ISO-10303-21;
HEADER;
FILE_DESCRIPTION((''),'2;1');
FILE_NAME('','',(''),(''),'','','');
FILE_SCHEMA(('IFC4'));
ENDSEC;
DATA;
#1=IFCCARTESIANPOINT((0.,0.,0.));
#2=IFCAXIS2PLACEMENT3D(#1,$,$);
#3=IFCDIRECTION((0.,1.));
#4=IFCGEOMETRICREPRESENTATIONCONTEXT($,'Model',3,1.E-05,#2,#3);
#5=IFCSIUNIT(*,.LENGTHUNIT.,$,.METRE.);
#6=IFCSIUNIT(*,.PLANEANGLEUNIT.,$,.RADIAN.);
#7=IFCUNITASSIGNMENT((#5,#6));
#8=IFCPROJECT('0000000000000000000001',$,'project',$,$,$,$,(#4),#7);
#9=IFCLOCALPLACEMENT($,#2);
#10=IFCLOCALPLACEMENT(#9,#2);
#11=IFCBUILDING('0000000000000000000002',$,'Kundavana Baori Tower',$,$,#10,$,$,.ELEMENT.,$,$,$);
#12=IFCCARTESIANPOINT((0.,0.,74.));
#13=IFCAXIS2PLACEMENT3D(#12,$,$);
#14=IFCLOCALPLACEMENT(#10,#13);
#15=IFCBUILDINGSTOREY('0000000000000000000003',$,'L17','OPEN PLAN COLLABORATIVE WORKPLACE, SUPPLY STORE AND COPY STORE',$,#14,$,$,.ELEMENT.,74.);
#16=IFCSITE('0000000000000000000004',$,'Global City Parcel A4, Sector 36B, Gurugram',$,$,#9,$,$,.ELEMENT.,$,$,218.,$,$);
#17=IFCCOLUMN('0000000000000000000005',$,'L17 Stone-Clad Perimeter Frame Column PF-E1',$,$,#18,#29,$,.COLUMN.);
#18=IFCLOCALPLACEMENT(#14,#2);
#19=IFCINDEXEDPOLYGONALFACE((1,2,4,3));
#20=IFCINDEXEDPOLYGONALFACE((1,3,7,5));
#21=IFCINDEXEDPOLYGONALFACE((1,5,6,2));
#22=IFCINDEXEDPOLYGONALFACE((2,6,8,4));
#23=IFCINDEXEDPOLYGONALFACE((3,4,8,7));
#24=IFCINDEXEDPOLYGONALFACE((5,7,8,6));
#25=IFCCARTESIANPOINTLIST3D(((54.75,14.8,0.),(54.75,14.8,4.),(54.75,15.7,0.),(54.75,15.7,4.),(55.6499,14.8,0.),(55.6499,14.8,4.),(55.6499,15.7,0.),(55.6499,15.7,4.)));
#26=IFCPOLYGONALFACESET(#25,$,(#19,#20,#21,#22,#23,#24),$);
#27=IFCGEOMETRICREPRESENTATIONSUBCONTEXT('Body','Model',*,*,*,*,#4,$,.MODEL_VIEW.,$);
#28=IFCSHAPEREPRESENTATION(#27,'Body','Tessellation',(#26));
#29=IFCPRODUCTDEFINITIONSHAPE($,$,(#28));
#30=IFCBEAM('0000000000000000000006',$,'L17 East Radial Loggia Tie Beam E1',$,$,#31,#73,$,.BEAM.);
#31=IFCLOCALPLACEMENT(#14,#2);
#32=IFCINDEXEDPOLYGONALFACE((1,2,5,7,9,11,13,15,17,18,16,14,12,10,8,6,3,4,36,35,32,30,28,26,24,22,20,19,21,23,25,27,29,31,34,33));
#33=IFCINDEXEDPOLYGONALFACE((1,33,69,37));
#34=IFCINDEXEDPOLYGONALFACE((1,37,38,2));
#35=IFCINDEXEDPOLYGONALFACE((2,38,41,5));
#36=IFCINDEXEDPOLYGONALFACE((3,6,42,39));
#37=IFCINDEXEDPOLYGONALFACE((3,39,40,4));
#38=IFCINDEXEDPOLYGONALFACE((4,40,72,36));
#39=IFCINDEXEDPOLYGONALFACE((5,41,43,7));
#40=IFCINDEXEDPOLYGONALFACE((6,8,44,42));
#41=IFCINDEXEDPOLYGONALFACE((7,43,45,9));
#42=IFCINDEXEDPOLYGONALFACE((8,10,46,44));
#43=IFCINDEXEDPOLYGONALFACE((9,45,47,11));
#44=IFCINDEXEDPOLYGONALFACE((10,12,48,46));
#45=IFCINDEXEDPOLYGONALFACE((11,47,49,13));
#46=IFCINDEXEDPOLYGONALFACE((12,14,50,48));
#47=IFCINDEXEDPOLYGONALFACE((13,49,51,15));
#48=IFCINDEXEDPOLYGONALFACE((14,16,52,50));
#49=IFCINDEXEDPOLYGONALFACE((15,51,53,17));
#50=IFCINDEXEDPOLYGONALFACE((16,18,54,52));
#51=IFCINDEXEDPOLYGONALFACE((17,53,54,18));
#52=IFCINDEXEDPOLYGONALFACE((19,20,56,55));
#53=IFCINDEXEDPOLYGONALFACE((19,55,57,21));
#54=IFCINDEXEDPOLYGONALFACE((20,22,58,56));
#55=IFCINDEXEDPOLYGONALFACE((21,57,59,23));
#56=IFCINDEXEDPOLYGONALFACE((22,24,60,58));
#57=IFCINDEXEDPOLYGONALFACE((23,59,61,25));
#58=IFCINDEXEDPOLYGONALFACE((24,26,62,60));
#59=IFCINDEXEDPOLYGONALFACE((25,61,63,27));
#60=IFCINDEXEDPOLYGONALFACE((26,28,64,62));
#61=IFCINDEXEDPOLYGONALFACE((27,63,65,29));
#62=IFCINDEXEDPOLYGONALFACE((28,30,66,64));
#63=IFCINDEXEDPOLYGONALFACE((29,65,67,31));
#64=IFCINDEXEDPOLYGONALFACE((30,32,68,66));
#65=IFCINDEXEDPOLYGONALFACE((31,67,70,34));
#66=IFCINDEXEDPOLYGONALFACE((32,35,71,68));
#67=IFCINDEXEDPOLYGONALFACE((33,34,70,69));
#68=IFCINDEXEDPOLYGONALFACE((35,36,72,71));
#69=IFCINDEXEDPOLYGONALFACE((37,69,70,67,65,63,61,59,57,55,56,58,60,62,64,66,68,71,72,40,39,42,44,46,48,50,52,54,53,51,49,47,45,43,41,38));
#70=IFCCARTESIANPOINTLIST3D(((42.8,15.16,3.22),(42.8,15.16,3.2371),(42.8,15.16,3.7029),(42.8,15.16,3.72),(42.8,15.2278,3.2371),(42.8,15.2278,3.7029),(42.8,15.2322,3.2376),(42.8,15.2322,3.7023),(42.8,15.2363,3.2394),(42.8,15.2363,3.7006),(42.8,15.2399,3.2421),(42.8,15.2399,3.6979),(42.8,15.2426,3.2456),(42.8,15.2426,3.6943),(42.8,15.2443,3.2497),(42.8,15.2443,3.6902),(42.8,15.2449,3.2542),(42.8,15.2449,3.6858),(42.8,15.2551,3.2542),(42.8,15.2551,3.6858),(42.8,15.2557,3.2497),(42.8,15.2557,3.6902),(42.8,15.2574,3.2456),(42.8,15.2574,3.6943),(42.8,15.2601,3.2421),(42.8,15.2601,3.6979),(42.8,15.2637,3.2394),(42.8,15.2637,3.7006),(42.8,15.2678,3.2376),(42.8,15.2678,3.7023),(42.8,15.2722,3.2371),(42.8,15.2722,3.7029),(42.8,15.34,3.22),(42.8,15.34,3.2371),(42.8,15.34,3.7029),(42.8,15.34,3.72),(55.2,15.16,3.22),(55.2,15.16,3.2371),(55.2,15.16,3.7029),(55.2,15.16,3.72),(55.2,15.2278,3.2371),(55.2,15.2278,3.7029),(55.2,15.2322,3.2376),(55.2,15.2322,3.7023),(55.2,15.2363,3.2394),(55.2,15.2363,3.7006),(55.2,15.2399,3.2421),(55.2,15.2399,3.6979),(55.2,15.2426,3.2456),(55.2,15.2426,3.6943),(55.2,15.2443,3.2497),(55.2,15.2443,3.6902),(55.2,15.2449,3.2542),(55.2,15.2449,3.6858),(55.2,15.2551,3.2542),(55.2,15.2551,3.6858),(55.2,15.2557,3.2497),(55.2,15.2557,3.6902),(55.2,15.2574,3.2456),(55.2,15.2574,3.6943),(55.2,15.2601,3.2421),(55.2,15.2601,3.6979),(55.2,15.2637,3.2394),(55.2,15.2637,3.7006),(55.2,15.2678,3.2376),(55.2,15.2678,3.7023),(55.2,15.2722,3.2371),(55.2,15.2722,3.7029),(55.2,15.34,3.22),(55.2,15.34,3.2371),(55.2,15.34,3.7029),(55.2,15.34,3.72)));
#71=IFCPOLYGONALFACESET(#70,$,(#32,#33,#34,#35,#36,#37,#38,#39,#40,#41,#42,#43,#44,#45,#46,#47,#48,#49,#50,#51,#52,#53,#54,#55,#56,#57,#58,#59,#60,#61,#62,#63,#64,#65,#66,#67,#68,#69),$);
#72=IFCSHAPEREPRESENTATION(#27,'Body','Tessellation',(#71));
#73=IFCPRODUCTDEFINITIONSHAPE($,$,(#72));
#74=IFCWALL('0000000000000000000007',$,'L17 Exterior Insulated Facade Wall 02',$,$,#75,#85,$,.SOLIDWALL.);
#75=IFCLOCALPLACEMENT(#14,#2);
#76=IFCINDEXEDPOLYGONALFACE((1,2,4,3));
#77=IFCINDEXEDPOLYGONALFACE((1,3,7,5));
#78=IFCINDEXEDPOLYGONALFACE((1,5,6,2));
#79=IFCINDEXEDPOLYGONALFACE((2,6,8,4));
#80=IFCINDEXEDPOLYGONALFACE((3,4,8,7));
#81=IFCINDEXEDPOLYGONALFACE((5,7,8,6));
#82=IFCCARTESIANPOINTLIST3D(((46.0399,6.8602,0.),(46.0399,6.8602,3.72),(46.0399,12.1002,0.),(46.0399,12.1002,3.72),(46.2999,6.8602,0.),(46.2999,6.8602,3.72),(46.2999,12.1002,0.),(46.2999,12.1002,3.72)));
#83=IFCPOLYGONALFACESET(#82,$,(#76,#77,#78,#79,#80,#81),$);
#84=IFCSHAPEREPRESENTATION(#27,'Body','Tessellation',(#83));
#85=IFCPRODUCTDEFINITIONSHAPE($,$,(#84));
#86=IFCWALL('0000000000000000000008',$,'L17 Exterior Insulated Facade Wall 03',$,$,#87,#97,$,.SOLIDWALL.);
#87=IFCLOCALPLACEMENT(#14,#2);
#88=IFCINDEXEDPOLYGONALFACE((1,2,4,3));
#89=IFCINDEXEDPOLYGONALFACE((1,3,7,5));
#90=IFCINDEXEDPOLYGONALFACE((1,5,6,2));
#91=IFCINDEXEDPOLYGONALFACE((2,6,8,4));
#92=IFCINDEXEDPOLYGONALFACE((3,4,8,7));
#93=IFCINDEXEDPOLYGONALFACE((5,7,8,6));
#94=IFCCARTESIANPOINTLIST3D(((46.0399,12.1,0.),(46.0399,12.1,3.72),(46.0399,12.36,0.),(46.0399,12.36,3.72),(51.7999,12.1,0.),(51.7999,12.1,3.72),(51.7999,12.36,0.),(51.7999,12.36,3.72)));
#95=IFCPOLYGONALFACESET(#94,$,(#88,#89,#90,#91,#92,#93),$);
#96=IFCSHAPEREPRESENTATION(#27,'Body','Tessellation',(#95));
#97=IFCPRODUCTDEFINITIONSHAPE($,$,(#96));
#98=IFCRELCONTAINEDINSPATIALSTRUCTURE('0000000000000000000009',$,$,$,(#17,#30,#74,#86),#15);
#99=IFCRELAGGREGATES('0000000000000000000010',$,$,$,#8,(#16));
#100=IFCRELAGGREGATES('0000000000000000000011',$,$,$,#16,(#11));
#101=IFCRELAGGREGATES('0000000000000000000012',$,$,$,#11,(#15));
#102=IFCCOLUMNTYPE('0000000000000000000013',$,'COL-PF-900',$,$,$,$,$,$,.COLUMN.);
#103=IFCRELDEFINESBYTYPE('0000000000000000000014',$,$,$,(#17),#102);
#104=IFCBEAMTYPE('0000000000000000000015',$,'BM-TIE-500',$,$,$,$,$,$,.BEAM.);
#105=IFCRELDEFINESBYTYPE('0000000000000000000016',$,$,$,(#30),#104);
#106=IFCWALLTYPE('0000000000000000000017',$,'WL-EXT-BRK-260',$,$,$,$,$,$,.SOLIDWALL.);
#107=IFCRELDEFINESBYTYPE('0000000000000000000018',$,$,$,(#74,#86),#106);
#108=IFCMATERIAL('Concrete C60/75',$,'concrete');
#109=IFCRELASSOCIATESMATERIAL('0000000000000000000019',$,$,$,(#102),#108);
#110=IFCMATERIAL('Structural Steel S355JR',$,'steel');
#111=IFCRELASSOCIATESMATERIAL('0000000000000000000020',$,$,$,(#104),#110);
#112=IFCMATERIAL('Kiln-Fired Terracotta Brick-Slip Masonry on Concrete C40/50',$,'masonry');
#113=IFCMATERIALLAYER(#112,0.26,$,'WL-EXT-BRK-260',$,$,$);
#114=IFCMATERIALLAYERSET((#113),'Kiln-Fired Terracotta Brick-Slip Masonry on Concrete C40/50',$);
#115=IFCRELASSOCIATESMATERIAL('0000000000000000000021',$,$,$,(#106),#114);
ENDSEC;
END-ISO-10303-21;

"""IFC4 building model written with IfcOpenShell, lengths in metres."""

from ifc_helpers import new_model, si_unit, direction, frame, frame_2d, origin, origin_2d, place, context, subcontext, project, spatial, rectangle, i_section, extrude, material, layer, layer_set, material_profile, profile_set, type_object, element, save


model = new_model("IFC4")

# Units and contexts
model_context = context("Model", 3, precision=1e-05, world=origin(), true_north=direction((0.0, 1.0)))
body_context = subcontext(model_context, "Body", "Model", "MODEL_VIEW")
ifc_project = project(units=[si_unit("LENGTHUNIT", "METRE"), si_unit("PLANEANGLEUNIT", "RADIAN")], contexts=[model_context])

# Site, building, storey
site_placement = place(None, origin())
site = spatial("IfcSite", under=ifc_project, at=site_placement, Name="Global City Parcel A4, Sector 36B, Gurugram", CompositionType="ELEMENT", RefElevation=218.0)
building_placement = place(site_placement, origin())
building = spatial("IfcBuilding", under=site, at=building_placement, Name="Kundavana Baori Tower", CompositionType="ELEMENT")
storey_placement = place(building_placement, frame((0.0, 0.0, 74.0)))
storey = spatial("IfcBuildingStorey", under=building, at=storey_placement, Name="L17", Description="OPEN PLAN COLLABORATIVE WORKPLACE, SUPPLY STORE AND COPY STORE", CompositionType="ELEMENT", Elevation=74.0)

# Column
ifc_material_1 = material(Name="Concrete C60/75", Category="concrete")
ifc_material_profile_1 = material_profile(ifc_material_1, rectangle(XDim=0.8999, YDim=0.8999, at=origin_2d()), Name="RC PF 900x900")
ifc_profile_set_1 = profile_set([ifc_material_profile_1], Name="Concrete C60/75")
column_type = type_object("IfcColumnType", Name="COL-PF-900", PredefinedType="COLUMN", material=ifc_profile_set_1)
column_placement = place(storey_placement, frame((55.2, 15.25, 0.0), z_axis=(0.0, 0.0, 1.0), x_axis=(1.0, 0.0, 0.0)))
element("IfcColumn", 1, at=column_placement, inside=storey, type_object=column_type, Name="L17 Stone-Clad Perimeter Frame Column PF-E1", PredefinedType="COLUMN", context=body_context, shape_type="SweptSolid", body=[
    extrude(rectangle(XDim=0.8999, YDim=0.8999, at=origin_2d()), origin(), (0.0, 0.0, 1.0), 4.0),
])

# Beam
ifc_material_2 = material(Name="Structural Steel S355JR", Category="steel")
ifc_material_profile_2 = material_profile(ifc_material_2, i_section(OverallWidth=0.1799, OverallDepth=0.5, WebThickness=0.0103, FlangeThickness=0.0171, FilletRadius=0.0171, at=origin_2d()), Name="ISMB 500")
ifc_profile_set_2 = profile_set([ifc_material_profile_2], Name="Structural Steel S355JR")
beam_type = type_object("IfcBeamType", Name="BM-TIE-500", PredefinedType="BEAM", material=ifc_profile_set_2)
beam_placement = place(storey_placement, frame((42.8, 15.25, 3.47), z_axis=(1.0, 0.0, 0.0), x_axis=(0.0, 1.0, 0.0)))
element("IfcBeam", 2, at=beam_placement, inside=storey, type_object=beam_type, Name="L17 East Radial Loggia Tie Beam E1", PredefinedType="BEAM", context=body_context, shape_type="SweptSolid", body=[
    extrude(i_section(OverallWidth=0.1799, OverallDepth=0.5, WebThickness=0.0103, FlangeThickness=0.0171, FilletRadius=0.0171, at=origin_2d()), origin(), (0.0, 0.0, 1.0), 12.3999),
])

# Walls
ifc_material_3 = material(Name="Kiln-Fired Terracotta Brick-Slip Masonry on Concrete C40/50", Category="masonry")
ifc_layer_1 = layer(ifc_material_3, 0.26, Name="WL-EXT-BRK-260")
ifc_layer_set_1 = layer_set([ifc_layer_1], Name="Kiln-Fired Terracotta Brick-Slip Masonry on Concrete C40/50")
wall_type_1 = type_object("IfcWallType", Name="WL-EXT-BRK-260", PredefinedType="SOLIDWALL", material=ifc_layer_set_1)
wall_1_placement = place(storey_placement, frame((46.1699, 6.8601, 0.0), z_axis=(0.0, 0.0, 1.0), x_axis=(0.0, 1.0, 0.0)))
element("IfcWall", 3, at=wall_1_placement, inside=storey, type_object=wall_type_1, Name="L17 Exterior Insulated Facade Wall 02", PredefinedType="SOLIDWALL", context=body_context, shape_type="SweptSolid", body=[
    extrude(rectangle(XDim=5.24, YDim=0.26, at=frame_2d((2.6201, 0.0))), origin(), (0.0, 0.0, 1.0), 3.72),
])
wall_2_placement = place(storey_placement, frame((46.04, 12.23, 0.0), z_axis=(0.0, 0.0, 1.0), x_axis=(1.0, 0.0, 0.0)))
element("IfcWall", 4, at=wall_2_placement, inside=storey, type_object=wall_type_1, Name="L17 Exterior Insulated Facade Wall 03", PredefinedType="SOLIDWALL", context=body_context, shape_type="SweptSolid", body=[
    extrude(rectangle(XDim=5.76, YDim=0.26, at=frame_2d((2.8799, 0.0))), origin(), (0.0, 0.0, 1.0), 3.72),
])

save(model, "model.ifc")
